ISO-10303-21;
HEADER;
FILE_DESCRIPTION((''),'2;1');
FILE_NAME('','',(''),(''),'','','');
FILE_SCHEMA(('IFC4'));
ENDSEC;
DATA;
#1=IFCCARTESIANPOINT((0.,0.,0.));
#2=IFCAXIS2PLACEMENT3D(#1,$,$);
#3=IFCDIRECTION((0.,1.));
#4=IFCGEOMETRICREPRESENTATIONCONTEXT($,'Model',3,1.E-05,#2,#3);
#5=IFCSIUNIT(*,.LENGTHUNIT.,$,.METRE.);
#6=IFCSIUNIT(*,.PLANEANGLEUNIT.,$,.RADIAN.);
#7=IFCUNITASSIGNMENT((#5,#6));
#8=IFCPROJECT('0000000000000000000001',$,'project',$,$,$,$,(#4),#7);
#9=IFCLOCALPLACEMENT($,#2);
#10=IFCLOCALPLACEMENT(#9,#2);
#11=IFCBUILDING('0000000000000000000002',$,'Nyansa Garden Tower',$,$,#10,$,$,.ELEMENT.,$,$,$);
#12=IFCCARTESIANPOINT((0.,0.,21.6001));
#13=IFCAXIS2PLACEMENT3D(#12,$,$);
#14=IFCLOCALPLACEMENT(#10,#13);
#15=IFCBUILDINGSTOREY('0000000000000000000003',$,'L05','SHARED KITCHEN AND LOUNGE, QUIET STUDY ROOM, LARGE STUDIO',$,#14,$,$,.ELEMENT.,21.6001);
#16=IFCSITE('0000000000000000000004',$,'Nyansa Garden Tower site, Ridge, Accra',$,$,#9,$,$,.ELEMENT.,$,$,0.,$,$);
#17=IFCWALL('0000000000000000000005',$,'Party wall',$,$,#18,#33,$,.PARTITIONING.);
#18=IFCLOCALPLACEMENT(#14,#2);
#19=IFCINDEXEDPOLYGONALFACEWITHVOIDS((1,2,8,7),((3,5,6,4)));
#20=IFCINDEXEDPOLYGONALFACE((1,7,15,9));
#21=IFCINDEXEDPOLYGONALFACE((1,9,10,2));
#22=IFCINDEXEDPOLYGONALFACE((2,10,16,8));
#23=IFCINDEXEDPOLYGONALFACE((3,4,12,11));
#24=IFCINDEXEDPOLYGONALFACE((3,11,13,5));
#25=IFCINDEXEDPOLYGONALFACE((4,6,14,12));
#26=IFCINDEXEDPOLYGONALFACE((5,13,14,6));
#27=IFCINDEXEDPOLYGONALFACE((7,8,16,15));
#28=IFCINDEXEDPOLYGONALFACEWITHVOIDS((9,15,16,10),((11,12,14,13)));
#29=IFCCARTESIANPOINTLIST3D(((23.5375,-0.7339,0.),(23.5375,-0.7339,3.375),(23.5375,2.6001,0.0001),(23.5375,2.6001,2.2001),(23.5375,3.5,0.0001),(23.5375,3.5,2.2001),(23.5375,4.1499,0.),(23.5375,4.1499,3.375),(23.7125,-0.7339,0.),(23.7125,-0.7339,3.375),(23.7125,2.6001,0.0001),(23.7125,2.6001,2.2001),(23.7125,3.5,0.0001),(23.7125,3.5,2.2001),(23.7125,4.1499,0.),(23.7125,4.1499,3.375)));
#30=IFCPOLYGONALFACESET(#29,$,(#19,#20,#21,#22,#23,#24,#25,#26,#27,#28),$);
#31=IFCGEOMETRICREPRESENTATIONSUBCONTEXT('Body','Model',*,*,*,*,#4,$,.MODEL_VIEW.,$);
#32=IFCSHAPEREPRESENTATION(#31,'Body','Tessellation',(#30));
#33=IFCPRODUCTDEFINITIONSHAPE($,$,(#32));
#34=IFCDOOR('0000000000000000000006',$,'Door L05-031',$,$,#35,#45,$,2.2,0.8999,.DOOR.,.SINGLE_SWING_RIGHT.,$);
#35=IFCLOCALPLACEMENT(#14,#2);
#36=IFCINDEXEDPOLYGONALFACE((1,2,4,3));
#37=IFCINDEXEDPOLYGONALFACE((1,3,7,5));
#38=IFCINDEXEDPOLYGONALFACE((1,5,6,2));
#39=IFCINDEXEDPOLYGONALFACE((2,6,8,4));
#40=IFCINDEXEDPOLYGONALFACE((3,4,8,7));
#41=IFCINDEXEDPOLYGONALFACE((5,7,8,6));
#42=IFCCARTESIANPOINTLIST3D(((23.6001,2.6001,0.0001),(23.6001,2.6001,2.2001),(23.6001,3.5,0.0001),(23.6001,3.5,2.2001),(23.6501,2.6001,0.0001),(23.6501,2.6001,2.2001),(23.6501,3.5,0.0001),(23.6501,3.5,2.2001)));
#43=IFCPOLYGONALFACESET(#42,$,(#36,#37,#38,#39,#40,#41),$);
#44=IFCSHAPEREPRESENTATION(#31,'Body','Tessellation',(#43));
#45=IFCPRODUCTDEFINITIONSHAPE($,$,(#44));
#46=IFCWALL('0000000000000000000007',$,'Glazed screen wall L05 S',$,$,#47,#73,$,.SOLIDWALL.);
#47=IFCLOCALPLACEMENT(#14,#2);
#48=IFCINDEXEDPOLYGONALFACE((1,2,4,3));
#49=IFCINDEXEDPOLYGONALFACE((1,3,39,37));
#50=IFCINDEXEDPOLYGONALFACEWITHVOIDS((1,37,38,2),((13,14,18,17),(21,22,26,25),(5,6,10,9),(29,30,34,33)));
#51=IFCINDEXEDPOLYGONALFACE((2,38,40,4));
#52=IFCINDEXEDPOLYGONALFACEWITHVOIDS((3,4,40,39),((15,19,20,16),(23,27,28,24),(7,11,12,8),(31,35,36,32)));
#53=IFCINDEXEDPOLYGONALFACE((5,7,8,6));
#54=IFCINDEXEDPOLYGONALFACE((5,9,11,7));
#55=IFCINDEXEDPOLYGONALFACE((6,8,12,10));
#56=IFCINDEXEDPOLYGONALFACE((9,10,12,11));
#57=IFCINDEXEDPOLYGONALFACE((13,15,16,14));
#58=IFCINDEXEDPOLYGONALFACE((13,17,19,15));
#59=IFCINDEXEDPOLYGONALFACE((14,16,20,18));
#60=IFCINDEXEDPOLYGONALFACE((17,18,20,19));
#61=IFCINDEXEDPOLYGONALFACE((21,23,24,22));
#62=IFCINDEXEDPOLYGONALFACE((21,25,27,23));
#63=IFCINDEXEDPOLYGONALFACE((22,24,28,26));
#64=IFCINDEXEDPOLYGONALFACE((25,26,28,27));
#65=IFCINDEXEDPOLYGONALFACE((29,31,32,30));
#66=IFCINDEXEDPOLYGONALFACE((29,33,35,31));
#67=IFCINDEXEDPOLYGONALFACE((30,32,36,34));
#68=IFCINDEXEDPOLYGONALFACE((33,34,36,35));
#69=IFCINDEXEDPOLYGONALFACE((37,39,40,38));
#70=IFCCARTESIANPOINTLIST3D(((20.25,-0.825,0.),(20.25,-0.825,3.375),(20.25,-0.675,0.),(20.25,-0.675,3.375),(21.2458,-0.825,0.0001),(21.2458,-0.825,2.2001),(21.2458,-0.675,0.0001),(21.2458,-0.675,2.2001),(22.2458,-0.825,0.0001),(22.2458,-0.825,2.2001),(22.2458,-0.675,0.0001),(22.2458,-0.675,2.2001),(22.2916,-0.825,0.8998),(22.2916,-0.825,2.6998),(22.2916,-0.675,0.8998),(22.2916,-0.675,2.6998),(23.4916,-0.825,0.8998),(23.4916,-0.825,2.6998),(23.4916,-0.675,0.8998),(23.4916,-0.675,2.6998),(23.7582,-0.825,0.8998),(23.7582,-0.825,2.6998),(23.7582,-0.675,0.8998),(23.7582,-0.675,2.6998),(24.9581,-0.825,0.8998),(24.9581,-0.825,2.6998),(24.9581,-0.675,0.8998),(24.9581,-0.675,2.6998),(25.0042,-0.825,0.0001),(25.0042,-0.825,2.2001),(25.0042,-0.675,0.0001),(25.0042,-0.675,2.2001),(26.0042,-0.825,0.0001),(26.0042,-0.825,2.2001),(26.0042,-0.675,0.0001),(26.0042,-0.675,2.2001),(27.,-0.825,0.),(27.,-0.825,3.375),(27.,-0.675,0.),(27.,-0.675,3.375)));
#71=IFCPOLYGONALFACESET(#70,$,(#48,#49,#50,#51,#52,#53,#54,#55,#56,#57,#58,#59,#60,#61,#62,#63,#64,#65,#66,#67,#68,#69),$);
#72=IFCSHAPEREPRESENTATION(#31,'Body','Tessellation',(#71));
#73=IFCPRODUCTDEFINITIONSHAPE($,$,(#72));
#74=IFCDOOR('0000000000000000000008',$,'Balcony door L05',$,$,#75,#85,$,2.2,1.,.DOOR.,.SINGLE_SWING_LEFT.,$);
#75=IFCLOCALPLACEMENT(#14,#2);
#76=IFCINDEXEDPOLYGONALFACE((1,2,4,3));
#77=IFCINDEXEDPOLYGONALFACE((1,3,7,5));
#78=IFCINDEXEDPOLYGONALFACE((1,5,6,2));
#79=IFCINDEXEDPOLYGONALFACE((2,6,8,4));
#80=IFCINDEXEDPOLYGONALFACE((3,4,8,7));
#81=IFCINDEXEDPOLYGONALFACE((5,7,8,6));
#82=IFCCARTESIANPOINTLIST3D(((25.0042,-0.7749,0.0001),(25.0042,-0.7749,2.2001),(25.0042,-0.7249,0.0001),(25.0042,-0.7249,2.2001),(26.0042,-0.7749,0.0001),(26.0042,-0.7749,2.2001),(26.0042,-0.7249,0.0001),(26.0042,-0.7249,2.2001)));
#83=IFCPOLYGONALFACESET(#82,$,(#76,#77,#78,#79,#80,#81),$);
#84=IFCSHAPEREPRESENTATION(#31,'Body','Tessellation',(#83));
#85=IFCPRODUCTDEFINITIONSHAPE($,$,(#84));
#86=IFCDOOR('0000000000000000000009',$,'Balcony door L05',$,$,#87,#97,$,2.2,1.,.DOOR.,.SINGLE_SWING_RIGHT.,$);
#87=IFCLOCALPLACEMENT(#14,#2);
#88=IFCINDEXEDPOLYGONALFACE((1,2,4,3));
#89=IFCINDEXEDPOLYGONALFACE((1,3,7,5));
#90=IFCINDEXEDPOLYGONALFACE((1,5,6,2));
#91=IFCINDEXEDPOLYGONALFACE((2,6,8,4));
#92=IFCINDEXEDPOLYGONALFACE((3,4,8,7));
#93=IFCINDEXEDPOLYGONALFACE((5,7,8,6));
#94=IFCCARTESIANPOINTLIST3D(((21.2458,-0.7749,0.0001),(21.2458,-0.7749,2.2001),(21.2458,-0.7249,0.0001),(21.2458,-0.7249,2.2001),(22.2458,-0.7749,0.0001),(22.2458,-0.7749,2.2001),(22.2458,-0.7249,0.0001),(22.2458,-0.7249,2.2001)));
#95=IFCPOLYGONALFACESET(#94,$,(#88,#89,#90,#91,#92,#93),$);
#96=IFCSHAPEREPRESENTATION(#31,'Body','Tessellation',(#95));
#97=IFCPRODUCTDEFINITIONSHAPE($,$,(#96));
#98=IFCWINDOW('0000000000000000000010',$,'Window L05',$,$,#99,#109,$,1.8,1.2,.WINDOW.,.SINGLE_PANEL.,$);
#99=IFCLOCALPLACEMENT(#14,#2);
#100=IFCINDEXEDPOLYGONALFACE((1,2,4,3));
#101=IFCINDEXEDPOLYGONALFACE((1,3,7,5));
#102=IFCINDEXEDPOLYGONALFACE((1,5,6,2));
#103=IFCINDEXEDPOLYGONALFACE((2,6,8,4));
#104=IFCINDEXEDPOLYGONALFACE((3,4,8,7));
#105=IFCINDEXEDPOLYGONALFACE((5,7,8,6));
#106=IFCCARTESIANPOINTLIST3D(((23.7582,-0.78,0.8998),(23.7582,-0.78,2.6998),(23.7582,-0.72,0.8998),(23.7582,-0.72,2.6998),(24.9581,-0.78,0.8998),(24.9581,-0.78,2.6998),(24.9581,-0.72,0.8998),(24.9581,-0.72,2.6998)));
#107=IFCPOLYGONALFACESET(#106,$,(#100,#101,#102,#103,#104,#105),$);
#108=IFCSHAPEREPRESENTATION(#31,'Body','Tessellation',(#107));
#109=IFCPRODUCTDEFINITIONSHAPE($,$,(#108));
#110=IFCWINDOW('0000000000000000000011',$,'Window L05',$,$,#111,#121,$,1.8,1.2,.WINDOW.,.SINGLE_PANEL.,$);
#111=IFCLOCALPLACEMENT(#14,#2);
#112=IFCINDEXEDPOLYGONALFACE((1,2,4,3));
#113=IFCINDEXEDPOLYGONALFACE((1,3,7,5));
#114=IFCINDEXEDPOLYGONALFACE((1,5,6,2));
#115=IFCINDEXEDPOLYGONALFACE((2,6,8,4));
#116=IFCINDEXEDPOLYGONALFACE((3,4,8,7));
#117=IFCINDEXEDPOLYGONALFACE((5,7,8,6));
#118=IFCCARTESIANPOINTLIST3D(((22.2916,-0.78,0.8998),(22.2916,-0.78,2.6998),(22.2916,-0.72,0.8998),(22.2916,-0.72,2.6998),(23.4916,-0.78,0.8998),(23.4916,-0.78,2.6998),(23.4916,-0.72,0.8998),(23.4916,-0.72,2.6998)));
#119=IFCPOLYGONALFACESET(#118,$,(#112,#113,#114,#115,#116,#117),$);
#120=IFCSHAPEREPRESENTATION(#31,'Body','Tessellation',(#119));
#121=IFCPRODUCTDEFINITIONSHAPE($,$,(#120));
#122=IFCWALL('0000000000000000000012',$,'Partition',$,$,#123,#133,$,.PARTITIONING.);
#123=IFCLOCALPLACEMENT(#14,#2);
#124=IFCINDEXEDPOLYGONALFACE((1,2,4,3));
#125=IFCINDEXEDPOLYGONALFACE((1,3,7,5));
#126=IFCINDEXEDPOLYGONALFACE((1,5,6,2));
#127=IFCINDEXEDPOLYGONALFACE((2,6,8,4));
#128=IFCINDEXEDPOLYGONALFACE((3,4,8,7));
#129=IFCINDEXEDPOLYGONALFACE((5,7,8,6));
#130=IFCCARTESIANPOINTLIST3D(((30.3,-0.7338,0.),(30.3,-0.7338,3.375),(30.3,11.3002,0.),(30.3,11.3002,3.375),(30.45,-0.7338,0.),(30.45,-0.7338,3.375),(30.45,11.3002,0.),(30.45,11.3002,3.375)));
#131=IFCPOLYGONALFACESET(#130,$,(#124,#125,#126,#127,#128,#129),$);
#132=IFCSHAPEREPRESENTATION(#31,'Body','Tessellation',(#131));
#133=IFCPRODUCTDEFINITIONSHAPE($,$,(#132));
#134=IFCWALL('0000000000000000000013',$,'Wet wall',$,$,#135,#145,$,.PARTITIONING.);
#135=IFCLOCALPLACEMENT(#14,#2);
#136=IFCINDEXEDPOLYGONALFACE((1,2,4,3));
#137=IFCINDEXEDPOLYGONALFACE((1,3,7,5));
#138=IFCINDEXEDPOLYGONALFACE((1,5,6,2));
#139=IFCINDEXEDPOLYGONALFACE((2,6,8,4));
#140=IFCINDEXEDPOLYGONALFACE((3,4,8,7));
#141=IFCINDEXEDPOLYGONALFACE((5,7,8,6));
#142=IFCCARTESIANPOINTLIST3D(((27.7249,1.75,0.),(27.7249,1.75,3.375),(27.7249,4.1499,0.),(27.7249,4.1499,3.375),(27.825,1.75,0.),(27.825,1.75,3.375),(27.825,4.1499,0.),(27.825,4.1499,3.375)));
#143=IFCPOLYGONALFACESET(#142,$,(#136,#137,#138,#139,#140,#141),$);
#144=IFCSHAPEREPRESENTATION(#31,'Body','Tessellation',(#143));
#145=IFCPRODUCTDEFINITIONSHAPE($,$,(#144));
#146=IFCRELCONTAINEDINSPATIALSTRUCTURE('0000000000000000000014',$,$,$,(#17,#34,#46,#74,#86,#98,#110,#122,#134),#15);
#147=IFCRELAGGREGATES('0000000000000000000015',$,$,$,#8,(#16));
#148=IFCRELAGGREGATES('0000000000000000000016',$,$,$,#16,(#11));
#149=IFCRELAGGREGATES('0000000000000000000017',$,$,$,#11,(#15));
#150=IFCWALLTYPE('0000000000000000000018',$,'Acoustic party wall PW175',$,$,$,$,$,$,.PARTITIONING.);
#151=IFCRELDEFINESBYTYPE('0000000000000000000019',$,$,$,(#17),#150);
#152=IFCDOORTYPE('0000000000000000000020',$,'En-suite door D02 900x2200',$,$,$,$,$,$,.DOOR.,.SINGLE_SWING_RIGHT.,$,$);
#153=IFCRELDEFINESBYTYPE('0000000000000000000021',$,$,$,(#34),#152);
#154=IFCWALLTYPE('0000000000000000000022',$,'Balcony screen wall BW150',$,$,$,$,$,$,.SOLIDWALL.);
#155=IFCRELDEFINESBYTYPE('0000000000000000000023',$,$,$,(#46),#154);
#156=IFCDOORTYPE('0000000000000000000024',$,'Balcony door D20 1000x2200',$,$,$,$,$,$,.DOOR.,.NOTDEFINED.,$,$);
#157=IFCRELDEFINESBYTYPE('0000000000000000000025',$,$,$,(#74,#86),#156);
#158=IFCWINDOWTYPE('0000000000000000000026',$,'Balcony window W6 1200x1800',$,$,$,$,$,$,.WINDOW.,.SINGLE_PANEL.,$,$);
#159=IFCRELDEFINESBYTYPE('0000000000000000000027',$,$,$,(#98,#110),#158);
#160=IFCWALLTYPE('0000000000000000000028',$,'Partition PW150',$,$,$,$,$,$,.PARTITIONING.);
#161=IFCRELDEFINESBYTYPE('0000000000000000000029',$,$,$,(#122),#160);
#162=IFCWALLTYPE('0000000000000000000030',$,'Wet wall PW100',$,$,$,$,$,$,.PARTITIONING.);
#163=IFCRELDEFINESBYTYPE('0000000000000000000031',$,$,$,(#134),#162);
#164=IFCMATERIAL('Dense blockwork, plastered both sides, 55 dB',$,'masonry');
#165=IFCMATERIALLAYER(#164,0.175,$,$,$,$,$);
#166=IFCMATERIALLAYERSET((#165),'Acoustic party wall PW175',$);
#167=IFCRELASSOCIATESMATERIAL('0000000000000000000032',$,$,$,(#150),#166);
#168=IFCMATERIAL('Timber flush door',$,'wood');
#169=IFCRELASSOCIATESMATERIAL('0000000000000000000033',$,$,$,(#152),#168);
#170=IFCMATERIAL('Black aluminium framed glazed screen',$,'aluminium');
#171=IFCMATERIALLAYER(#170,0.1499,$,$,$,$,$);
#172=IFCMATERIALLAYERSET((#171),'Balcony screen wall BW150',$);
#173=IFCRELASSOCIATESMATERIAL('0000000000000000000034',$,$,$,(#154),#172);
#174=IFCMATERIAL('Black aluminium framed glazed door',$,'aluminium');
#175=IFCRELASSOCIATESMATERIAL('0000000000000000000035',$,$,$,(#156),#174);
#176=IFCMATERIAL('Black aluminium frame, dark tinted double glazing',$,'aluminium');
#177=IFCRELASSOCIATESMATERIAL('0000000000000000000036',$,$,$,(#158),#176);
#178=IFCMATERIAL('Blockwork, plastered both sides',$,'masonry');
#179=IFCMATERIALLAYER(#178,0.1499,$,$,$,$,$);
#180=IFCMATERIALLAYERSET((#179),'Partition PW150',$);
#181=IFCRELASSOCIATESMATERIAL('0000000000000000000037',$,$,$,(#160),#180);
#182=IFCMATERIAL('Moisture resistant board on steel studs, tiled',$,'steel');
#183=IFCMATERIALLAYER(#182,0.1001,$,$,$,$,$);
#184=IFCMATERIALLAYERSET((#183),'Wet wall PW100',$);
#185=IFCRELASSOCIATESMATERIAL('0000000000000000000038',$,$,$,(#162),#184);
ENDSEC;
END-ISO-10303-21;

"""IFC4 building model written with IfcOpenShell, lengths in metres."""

from ifc_helpers import new_model, si_unit, direction, frame, frame_2d, origin, place, context, subcontext, project, spatial, rectangle, extrude, material, layer, layer_set, type_object, element, fill, save


model = new_model("IFC4")

# Units and contexts
model_context = context("Model", 3, precision=1e-05, world=origin(), true_north=direction((0.0, 1.0)))
body_context = subcontext(model_context, "Body", "Model", "MODEL_VIEW")
ifc_project = project(units=[si_unit("LENGTHUNIT", "METRE"), si_unit("PLANEANGLEUNIT", "RADIAN")], contexts=[model_context])

# Site, building, storey
site_placement = place(None, origin())
site = spatial("IfcSite", under=ifc_project, at=site_placement, Name="Nyansa Garden Tower site, Ridge, Accra", CompositionType="ELEMENT", RefElevation=0.0)
building_placement = place(site_placement, origin())
building = spatial("IfcBuilding", under=site, at=building_placement, Name="Nyansa Garden Tower", CompositionType="ELEMENT")
storey_placement = place(building_placement, frame((0.0, 0.0, 21.6001)))
storey = spatial("IfcBuildingStorey", under=building, at=storey_placement, Name="L05", Description="SHARED KITCHEN AND LOUNGE, QUIET STUDY ROOM, LARGE STUDIO", CompositionType="ELEMENT", Elevation=21.6001)

# Wall, opening, door
ifc_material_1 = material(Name="Dense blockwork, plastered both sides, 55 dB", Category="masonry")
ifc_layer_1 = layer(ifc_material_1, 0.175)
ifc_layer_set_1 = layer_set([ifc_layer_1], Name="Acoustic party wall PW175")
wall_type_1 = type_object("IfcWallType", Name="Acoustic party wall PW175", PredefinedType="PARTITIONING", material=ifc_layer_set_1)
wall_1_placement = place(storey_placement, frame((23.625, -0.7339, 0.0), z_axis=(0.0, 0.0, 1.0), x_axis=(0.0, 1.0, 0.0)))
wall_1 = element("IfcWall", 1, at=wall_1_placement, inside=storey, type_object=wall_type_1, Name="Party wall", PredefinedType="PARTITIONING", context=body_context, shape_type="SweptSolid", body=[
    extrude(rectangle(XDim=4.8838, YDim=0.175, at=frame_2d((2.4419, 0.0))), origin(), (0.0, 0.0, 1.0), 3.375),
])
opening_1_placement = place(wall_1_placement, frame((3.334, 0.0, 0.0)))
opening_1 = element("IfcOpeningElement", 2, at=opening_1_placement, cuts=wall_1, PredefinedType="OPENING", context=body_context, shape_type="SweptSolid", body=[
    extrude(rectangle(XDim=0.8999, YDim=2.2, at=frame_2d((0.45, 1.1001))), frame((0.0, 0.0974, 0.0), z_axis=(0.0, -1.0, 0.0), x_axis=(1.0, 0.0, 0.0)), (0.0, 0.0, 1.0), 0.1951),
])
ifc_material_2 = material(Name="Timber flush door", Category="wood")
door_type_1 = type_object("IfcDoorType", Name="En-suite door D02 900x2200", OperationType="SINGLE_SWING_RIGHT", PredefinedType="DOOR", material=ifc_material_2)
door_1_placement = place(opening_1_placement, origin())
door_1 = element("IfcDoor", 3, at=door_1_placement, inside=storey, type_object=door_type_1, Name="Door L05-031", OperationType="SINGLE_SWING_RIGHT", OverallHeight=2.2, OverallWidth=0.8999, PredefinedType="DOOR", context=body_context, shape_type="SweptSolid", body=[
    extrude(rectangle(XDim=0.8999, YDim=2.2, at=frame_2d((0.45, 1.1001))), frame((0.0, 0.0249, 0.0), z_axis=(0.0, -1.0, 0.0), x_axis=(1.0, 0.0, 0.0)), (0.0, 0.0, 1.0), 0.05),
])
fill(opening_1, door_1)

# Wall, openings, doors, windows
ifc_material_3 = material(Name="Black aluminium framed glazed screen", Category="aluminium")
ifc_layer_2 = layer(ifc_material_3, 0.1499)
ifc_layer_set_2 = layer_set([ifc_layer_2], Name="Balcony screen wall BW150")
wall_type_2 = type_object("IfcWallType", Name="Balcony screen wall BW150", PredefinedType="SOLIDWALL", material=ifc_layer_set_2)
wall_2_placement = place(storey_placement, frame((27.0, -0.75, 0.0), z_axis=(0.0, 0.0, 1.0), x_axis=(-1.0, 0.0, 0.0)))
wall_2 = element("IfcWall", 4, at=wall_2_placement, inside=storey, type_object=wall_type_2, Name="Glazed screen wall L05 S", PredefinedType="SOLIDWALL", context=body_context, shape_type="SweptSolid", body=[
    extrude(rectangle(XDim=6.75, YDim=0.1499, at=frame_2d((3.375, 0.0))), origin(), (0.0, 0.0, 1.0), 3.375),
])
opening_2_placement = place(wall_2_placement, frame((0.9958, 0.0, 0.0)))
opening_2 = element("IfcOpeningElement", 5, at=opening_2_placement, cuts=wall_2, PredefinedType="OPENING", context=body_context, shape_type="SweptSolid", body=[
    extrude(rectangle(XDim=1.0, YDim=2.2, at=frame_2d((0.5, 1.1001))), frame((0.0, 0.085, 0.0), z_axis=(0.0, -1.0, 0.0), x_axis=(1.0, 0.0, 0.0)), (0.0, 0.0, 1.0), 0.1699),
])
opening_3_placement = place(wall_2_placement, frame((2.0417, 0.0, 0.8999)))
opening_3 = element("IfcOpeningElement", 6, at=opening_3_placement, cuts=wall_2, PredefinedType="OPENING", context=body_context, shape_type="SweptSolid", body=[
    extrude(rectangle(XDim=1.2, YDim=1.8, at=frame_2d((0.6001, 0.8999))), frame((0.0, 0.085, 0.0), z_axis=(0.0, -1.0, 0.0), x_axis=(1.0, 0.0, 0.0)), (0.0, 0.0, 1.0), 0.1699),
])
opening_4_placement = place(wall_2_placement, frame((4.7542, 0.0, 0.0)))
opening_4 = element("IfcOpeningElement", 7, at=opening_4_placement, cuts=wall_2, PredefinedType="OPENING", context=body_context, shape_type="SweptSolid", body=[
    extrude(rectangle(XDim=1.0, YDim=2.2, at=frame_2d((0.5, 1.1001))), frame((0.0, 0.085, 0.0), z_axis=(0.0, -1.0, 0.0), x_axis=(1.0, 0.0, 0.0)), (0.0, 0.0, 1.0), 0.1699),
])
opening_5_placement = place(wall_2_placement, frame((3.5083, 0.0, 0.8999)))
opening_5 = element("IfcOpeningElement", 8, at=opening_5_placement, cuts=wall_2, PredefinedType="OPENING", context=body_context, shape_type="SweptSolid", body=[
    extrude(rectangle(XDim=1.2, YDim=1.8, at=frame_2d((0.6001, 0.8999))), frame((0.0, 0.085, 0.0), z_axis=(0.0, -1.0, 0.0), x_axis=(1.0, 0.0, 0.0)), (0.0, 0.0, 1.0), 0.1699),
])
ifc_material_4 = material(Name="Black aluminium framed glazed door", Category="aluminium")
door_type_2 = type_object("IfcDoorType", Name="Balcony door D20 1000x2200", OperationType="NOTDEFINED", PredefinedType="DOOR", material=ifc_material_4)
door_2_placement = place(opening_2_placement, origin())
door_2 = element("IfcDoor", 9, at=door_2_placement, inside=storey, type_object=door_type_2, Name="Balcony door L05", OperationType="SINGLE_SWING_LEFT", OverallHeight=2.2, OverallWidth=1.0, PredefinedType="DOOR", context=body_context, shape_type="SweptSolid", body=[
    extrude(rectangle(XDim=1.0, YDim=2.2, at=frame_2d((0.5, 1.1001))), frame((0.0, 0.0249, 0.0), z_axis=(0.0, -1.0, 0.0), x_axis=(1.0, 0.0, 0.0)), (0.0, 0.0, 1.0), 0.05),
])
fill(opening_2, door_2)
door_3_placement = place(opening_4_placement, origin())
door_3 = element("IfcDoor", 10, at=door_3_placement, inside=storey, type_object=door_type_2, Name="Balcony door L05", OperationType="SINGLE_SWING_RIGHT", OverallHeight=2.2, OverallWidth=1.0, PredefinedType="DOOR", context=body_context, shape_type="SweptSolid", body=[
    extrude(rectangle(XDim=1.0, YDim=2.2, at=frame_2d((0.5, 1.1001))), frame((0.0, 0.0249, 0.0), z_axis=(0.0, -1.0, 0.0), x_axis=(1.0, 0.0, 0.0)), (0.0, 0.0, 1.0), 0.05),
])
fill(opening_4, door_3)
ifc_material_5 = material(Name="Black aluminium frame, dark tinted double glazing", Category="aluminium")
window_type = type_object("IfcWindowType", Name="Balcony window W6 1200x1800", PartitioningType="SINGLE_PANEL", PredefinedType="WINDOW", material=ifc_material_5)
window_1_placement = place(opening_3_placement, origin())
window_1 = element("IfcWindow", 11, at=window_1_placement, inside=storey, type_object=window_type, Name="Window L05", OverallHeight=1.8, OverallWidth=1.2, PartitioningType="SINGLE_PANEL", PredefinedType="WINDOW", context=body_context, shape_type="SweptSolid", body=[
    extrude(rectangle(XDim=1.2, YDim=1.8, at=frame_2d((0.6001, 0.8999))), frame((0.0, 0.03, 0.0), z_axis=(0.0, -1.0, 0.0), x_axis=(1.0, 0.0, 0.0)), (0.0, 0.0, 1.0), 0.0601),
])
fill(opening_3, window_1)
window_2_placement = place(opening_5_placement, origin())
window_2 = element("IfcWindow", 12, at=window_2_placement, inside=storey, type_object=window_type, Name="Window L05", OverallHeight=1.8, OverallWidth=1.2, PartitioningType="SINGLE_PANEL", PredefinedType="WINDOW", context=body_context, shape_type="SweptSolid", body=[
    extrude(rectangle(XDim=1.2, YDim=1.8, at=frame_2d((0.6001, 0.8999))), frame((0.0, 0.03, 0.0), z_axis=(0.0, -1.0, 0.0), x_axis=(1.0, 0.0, 0.0)), (0.0, 0.0, 1.0), 0.0601),
])
fill(opening_5, window_2)

# Walls
ifc_material_6 = material(Name="Blockwork, plastered both sides", Category="masonry")
ifc_layer_3 = layer(ifc_material_6, 0.1499)
ifc_layer_set_3 = layer_set([ifc_layer_3], Name="Partition PW150")
wall_type_3 = type_object("IfcWallType", Name="Partition PW150", PredefinedType="PARTITIONING", material=ifc_layer_set_3)
wall_3_placement = place(storey_placement, frame((30.375, -0.7339, 0.0), z_axis=(0.0, 0.0, 1.0), x_axis=(0.0, 1.0, 0.0)))
element("IfcWall", 13, at=wall_3_placement, inside=storey, type_object=wall_type_3, Name="Partition", PredefinedType="PARTITIONING", context=body_context, shape_type="SweptSolid", body=[
    extrude(rectangle(XDim=12.0339, YDim=0.1499, at=frame_2d((6.0171, 0.0))), origin(), (0.0, 0.0, 1.0), 3.375),
])
ifc_material_7 = material(Name="Moisture resistant board on steel studs, tiled", Category="steel")
ifc_layer_4 = layer(ifc_material_7, 0.1001)
ifc_layer_set_4 = layer_set([ifc_layer_4], Name="Wet wall PW100")
wall_type_4 = type_object("IfcWallType", Name="Wet wall PW100", PredefinedType="PARTITIONING", material=ifc_layer_set_4)
wall_4_placement = place(storey_placement, frame((27.7749, 1.75, 0.0), z_axis=(0.0, 0.0, 1.0), x_axis=(0.0, 1.0, 0.0)))
element("IfcWall", 14, at=wall_4_placement, inside=storey, type_object=wall_type_4, Name="Wet wall", PredefinedType="PARTITIONING", context=body_context, shape_type="SweptSolid", body=[
    extrude(rectangle(XDim=2.3999, YDim=0.1001, at=frame_2d((1.2, 0.0))), origin(), (0.0, 0.0, 1.0), 3.375),
])

save(model, "model.ifc")
